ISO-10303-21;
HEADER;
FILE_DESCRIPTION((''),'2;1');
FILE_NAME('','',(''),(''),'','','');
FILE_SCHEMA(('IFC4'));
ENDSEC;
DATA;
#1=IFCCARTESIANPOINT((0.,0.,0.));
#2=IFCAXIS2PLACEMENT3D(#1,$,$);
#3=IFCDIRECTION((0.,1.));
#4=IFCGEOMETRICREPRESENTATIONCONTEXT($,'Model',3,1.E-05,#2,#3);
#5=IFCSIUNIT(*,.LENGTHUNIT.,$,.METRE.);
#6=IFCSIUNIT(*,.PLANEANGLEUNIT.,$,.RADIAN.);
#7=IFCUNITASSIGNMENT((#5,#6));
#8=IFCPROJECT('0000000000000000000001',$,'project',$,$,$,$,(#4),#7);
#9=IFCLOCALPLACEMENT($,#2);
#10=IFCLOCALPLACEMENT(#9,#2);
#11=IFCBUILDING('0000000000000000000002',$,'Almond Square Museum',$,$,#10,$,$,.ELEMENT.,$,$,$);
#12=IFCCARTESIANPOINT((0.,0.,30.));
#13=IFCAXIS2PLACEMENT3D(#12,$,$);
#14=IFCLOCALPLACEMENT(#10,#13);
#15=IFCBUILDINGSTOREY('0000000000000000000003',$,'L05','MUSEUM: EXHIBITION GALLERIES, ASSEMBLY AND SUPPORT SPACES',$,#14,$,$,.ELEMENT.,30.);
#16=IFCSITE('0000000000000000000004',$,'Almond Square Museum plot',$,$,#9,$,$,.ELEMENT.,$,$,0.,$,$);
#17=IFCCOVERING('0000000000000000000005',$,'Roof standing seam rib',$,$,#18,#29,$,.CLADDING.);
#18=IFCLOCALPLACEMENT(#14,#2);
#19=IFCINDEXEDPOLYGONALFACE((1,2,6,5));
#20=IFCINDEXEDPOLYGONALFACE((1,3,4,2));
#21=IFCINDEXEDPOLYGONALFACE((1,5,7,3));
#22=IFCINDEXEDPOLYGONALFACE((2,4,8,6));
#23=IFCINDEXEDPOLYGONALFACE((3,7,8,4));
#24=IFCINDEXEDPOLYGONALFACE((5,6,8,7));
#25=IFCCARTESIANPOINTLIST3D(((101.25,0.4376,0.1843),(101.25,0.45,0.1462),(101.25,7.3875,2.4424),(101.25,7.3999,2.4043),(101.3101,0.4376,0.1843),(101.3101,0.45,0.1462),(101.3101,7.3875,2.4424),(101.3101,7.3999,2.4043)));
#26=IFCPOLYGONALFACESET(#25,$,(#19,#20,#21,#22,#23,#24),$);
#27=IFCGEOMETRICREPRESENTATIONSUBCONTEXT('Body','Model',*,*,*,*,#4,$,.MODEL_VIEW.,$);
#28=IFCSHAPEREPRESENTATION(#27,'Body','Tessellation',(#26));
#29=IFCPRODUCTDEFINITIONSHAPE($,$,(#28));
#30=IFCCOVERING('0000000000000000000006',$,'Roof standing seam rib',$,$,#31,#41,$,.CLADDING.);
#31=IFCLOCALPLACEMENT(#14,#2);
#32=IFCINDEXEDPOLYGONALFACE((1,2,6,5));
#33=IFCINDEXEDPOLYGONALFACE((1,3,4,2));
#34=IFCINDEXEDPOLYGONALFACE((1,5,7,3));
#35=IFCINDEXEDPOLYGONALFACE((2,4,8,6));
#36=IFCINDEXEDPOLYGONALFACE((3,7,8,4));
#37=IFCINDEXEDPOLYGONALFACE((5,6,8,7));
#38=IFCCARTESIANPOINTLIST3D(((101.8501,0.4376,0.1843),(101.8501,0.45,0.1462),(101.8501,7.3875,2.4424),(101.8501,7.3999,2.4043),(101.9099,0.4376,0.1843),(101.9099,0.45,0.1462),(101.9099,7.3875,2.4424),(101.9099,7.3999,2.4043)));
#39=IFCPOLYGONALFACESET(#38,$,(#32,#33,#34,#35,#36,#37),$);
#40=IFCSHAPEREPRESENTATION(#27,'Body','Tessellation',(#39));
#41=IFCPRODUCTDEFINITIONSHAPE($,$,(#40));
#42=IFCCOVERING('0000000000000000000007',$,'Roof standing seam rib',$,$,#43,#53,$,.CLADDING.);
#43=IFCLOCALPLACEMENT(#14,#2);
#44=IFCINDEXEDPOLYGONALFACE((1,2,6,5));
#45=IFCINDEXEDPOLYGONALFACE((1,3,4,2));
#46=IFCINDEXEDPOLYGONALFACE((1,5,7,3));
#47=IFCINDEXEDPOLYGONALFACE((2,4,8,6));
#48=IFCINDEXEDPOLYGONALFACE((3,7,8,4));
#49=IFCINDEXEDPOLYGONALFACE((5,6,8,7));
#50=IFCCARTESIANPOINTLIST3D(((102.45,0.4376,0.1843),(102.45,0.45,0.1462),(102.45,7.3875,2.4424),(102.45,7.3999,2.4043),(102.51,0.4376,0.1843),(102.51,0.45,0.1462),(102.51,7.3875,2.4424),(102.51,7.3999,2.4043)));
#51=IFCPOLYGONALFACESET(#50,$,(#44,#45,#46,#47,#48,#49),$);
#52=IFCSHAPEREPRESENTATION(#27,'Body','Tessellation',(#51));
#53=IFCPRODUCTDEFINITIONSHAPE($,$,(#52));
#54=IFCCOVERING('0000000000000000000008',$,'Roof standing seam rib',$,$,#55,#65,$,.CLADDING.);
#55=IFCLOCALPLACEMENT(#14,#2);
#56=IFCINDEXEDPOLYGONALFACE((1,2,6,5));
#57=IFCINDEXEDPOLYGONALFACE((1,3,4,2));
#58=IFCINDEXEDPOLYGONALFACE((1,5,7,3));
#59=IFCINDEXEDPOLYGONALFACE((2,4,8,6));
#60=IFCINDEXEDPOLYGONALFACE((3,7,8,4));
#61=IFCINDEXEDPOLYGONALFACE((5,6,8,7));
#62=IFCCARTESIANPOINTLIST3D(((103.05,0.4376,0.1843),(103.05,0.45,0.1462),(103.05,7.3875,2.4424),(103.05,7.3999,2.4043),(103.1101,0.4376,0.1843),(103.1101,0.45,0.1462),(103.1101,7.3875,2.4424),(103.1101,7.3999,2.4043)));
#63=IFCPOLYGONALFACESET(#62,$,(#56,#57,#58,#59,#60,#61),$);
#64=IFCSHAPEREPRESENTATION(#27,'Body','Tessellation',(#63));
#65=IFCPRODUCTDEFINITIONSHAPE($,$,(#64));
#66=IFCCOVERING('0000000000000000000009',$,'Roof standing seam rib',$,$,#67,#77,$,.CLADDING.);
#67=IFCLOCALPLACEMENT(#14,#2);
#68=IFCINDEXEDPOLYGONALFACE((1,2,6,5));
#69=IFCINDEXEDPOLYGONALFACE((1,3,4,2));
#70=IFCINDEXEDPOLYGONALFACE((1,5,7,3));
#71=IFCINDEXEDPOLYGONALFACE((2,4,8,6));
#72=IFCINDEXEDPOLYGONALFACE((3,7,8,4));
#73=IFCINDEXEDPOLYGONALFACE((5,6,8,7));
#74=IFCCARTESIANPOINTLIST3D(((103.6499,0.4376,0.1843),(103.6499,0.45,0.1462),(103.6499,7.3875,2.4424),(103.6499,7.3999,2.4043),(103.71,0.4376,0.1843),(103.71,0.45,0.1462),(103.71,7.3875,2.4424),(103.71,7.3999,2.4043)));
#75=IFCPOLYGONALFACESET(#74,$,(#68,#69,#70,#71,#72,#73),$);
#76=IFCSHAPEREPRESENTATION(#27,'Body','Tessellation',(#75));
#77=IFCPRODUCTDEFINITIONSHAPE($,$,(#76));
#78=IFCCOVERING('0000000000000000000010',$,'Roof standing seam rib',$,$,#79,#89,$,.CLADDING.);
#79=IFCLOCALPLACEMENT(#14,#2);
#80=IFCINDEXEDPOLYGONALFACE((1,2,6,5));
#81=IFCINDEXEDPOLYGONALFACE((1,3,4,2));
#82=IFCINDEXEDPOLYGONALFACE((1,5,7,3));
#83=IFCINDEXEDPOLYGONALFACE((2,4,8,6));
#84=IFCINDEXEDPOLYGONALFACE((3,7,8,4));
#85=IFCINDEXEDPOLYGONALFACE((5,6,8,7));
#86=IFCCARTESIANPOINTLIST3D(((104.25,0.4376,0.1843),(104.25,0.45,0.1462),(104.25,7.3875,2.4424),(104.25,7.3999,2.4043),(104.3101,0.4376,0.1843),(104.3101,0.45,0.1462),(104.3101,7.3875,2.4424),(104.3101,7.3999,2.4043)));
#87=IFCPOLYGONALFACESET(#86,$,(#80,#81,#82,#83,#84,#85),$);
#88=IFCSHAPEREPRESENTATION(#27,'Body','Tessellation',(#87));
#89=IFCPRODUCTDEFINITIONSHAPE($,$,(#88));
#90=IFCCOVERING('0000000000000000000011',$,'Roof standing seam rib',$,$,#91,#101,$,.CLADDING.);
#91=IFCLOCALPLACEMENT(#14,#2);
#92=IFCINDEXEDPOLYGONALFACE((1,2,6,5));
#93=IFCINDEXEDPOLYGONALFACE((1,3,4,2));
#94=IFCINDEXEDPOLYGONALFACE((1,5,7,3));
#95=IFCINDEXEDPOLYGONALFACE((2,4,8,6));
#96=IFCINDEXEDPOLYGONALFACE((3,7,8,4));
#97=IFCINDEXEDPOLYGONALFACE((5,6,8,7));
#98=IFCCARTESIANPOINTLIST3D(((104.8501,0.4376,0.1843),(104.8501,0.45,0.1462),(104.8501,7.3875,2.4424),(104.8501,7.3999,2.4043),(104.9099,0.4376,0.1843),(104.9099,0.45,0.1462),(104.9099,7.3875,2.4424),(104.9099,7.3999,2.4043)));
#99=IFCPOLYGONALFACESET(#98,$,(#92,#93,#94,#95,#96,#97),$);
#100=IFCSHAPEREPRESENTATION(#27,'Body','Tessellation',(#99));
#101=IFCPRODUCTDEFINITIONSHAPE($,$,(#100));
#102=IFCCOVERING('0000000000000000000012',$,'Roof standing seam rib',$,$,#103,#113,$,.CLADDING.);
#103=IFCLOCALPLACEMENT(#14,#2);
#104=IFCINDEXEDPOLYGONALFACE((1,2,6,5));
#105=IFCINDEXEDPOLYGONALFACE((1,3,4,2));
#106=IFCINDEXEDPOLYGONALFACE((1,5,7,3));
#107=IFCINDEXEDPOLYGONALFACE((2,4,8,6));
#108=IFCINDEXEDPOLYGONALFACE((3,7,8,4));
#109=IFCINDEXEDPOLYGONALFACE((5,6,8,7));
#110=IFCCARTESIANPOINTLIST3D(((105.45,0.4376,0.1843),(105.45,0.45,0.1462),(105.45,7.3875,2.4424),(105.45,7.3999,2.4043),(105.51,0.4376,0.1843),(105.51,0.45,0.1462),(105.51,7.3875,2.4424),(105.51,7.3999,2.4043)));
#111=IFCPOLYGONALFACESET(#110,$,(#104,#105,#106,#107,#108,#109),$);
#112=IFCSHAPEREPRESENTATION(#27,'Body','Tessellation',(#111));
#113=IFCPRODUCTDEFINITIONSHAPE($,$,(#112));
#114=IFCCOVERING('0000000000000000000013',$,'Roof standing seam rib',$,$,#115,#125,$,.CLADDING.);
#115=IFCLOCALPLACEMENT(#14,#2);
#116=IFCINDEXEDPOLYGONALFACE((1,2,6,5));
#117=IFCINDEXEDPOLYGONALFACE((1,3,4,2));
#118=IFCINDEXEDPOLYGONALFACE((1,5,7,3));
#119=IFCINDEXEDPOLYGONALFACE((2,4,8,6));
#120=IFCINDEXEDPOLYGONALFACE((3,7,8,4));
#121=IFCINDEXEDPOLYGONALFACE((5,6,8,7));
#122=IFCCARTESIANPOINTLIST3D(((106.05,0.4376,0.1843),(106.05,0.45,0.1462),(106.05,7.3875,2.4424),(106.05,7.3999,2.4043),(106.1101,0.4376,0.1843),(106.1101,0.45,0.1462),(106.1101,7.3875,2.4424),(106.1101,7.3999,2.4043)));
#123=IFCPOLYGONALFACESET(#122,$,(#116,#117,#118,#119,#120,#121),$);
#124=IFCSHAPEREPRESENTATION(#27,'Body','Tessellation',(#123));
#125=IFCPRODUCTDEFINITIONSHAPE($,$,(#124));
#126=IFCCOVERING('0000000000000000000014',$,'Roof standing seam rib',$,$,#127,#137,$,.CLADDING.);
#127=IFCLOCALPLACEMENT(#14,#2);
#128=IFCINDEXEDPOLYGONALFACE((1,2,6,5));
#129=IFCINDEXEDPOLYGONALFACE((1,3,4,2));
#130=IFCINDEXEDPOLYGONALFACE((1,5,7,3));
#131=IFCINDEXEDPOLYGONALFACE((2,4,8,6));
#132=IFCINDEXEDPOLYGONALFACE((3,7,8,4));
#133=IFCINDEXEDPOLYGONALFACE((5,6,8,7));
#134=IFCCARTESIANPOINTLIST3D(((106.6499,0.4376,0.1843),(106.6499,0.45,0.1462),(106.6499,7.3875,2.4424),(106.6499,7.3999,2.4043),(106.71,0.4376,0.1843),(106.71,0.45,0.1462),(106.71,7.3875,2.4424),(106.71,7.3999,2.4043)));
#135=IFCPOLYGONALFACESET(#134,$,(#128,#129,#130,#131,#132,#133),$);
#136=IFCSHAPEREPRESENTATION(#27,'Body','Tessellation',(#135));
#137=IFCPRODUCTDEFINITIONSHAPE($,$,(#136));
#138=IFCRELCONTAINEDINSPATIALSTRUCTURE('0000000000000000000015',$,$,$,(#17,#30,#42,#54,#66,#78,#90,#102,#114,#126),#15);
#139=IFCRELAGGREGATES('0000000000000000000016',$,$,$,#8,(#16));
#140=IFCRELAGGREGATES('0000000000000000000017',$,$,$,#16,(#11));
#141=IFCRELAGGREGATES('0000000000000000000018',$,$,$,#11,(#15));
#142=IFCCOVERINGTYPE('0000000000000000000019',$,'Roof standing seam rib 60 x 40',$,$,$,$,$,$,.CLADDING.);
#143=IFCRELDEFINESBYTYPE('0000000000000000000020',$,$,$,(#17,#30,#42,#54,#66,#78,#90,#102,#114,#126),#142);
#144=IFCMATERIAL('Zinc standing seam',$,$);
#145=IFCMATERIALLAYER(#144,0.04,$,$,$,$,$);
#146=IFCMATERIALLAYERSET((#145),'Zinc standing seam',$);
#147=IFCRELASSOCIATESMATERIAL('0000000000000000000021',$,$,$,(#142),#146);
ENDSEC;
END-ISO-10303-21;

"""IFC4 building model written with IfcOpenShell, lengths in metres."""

from ifc_helpers import new_model, si_unit, direction, frame, origin, place, context, subcontext, project, spatial, polyline, outline, extrude, material, layer, layer_set, type_object, element, save


model = new_model("IFC4")

# Units and contexts
model_context = context("Model", 3, precision=1e-05, world=origin(), true_north=direction((0.0, 1.0)))
body_context = subcontext(model_context, "Body", "Model", "MODEL_VIEW")
ifc_project = project(units=[si_unit("LENGTHUNIT", "METRE"), si_unit("PLANEANGLEUNIT", "RADIAN")], contexts=[model_context])

# Site, building, storey
site_placement = place(None, origin())
site = spatial("IfcSite", under=ifc_project, at=site_placement, Name="Almond Square Museum plot", CompositionType="ELEMENT", RefElevation=0.0)
building_placement = place(site_placement, origin())
building = spatial("IfcBuilding", under=site, at=building_placement, Name="Almond Square Museum", CompositionType="ELEMENT")
storey_placement = place(building_placement, frame((0.0, 0.0, 30.0)))
storey = spatial("IfcBuildingStorey", under=building, at=storey_placement, Name="L05", Description="MUSEUM: EXHIBITION GALLERIES, ASSEMBLY AND SUPPORT SPACES", CompositionType="ELEMENT", Elevation=30.0)

# Coverings
ifc_material_1 = material(Name="Zinc standing seam")
ifc_layer_1 = layer(ifc_material_1, 0.04)
ifc_layer_set_1 = layer_set([ifc_layer_1], Name="Zinc standing seam")
covering_type_1 = type_object("IfcCoveringType", Name="Roof standing seam rib 60 x 40", PredefinedType="CLADDING", material=ifc_layer_set_1)
for number, where, z_axis, x_axis, name in (
    (1, (101.25, 0.45, 0.1462), (0.0, -0.309002, 0.951061), (1.0, 0.0, 0.0), "Roof standing seam rib"),
):
    element("IfcCovering", number, at=place(storey_placement, frame(where, z_axis=z_axis, x_axis=x_axis)), inside=storey, type_object=covering_type_1, Name=name, PredefinedType="CLADDING", context=body_context, shape_type="SweptSolid", body=[
        extrude(outline(polyline([(0.0, 0.0), (0.0601, 0.0), (0.0601, 7.3076), (0.0, 7.3076), (0.0, 0.0)])), origin(), (0.0, 0.0, 1.0), 0.04),
    ])
covering_1_placement = place(storey_placement, frame((101.8501, 0.45, 0.1462), z_axis=(0.0, -0.309002, 0.951061), x_axis=(1.0, 0.0, 0.0)))
element("IfcCovering", 2, at=covering_1_placement, inside=storey, type_object=covering_type_1, Name="Roof standing seam rib", PredefinedType="CLADDING", context=body_context, shape_type="SweptSolid", body=[
    extrude(outline(polyline([(0.0, 0.0), (0.0598, 0.0), (0.0598, 7.3076), (0.0, 7.3076), (0.0, 0.0)])), origin(), (0.0, 0.0, 1.0), 0.04),
])
for number, where, z_axis, x_axis, name in (
    (3, (102.45, 0.45, 0.1462), (0.0, -0.309002, 0.951061), (1.0, 0.0, 0.0), "Roof standing seam rib"),
    (4, (103.05, 0.45, 0.1462), (0.0, -0.309002, 0.951061), (1.0, 0.0, 0.0), "Roof standing seam rib"),
    (5, (103.6499, 0.45, 0.1462), (0.0, -0.309002, 0.951061), (1.0, 0.0, 0.0), "Roof standing seam rib"),
    (6, (104.25, 0.45, 0.1462), (0.0, -0.309002, 0.951061), (1.0, 0.0, 0.0), "Roof standing seam rib"),
):
    element("IfcCovering", number, at=place(storey_placement, frame(where, z_axis=z_axis, x_axis=x_axis)), inside=storey, type_object=covering_type_1, Name=name, PredefinedType="CLADDING", context=body_context, shape_type="SweptSolid", body=[
        extrude(outline(polyline([(0.0, 0.0), (0.0601, 0.0), (0.0601, 7.3076), (0.0, 7.3076), (0.0, 0.0)])), origin(), (0.0, 0.0, 1.0), 0.04),
    ])
covering_2_placement = place(storey_placement, frame((104.8501, 0.45, 0.1462), z_axis=(0.0, -0.309002, 0.951061), x_axis=(1.0, 0.0, 0.0)))
element("IfcCovering", 7, at=covering_2_placement, inside=storey, type_object=covering_type_1, Name="Roof standing seam rib", PredefinedType="CLADDING", context=body_context, shape_type="SweptSolid", body=[
    extrude(outline(polyline([(0.0, 0.0), (0.0598, 0.0), (0.0598, 7.3076), (0.0, 7.3076), (0.0, 0.0)])), origin(), (0.0, 0.0, 1.0), 0.04),
])
for number, where, z_axis, x_axis, name in (
    (8, (105.45, 0.45, 0.1462), (0.0, -0.309002, 0.951061), (1.0, 0.0, 0.0), "Roof standing seam rib"),
    (9, (106.05, 0.45, 0.1462), (0.0, -0.309002, 0.951061), (1.0, 0.0, 0.0), "Roof standing seam rib"),
    (10, (106.6499, 0.45, 0.1462), (0.0, -0.309002, 0.951061), (1.0, 0.0, 0.0), "Roof standing seam rib"),
):
    element("IfcCovering", number, at=place(storey_placement, frame(where, z_axis=z_axis, x_axis=x_axis)), inside=storey, type_object=covering_type_1, Name=name, PredefinedType="CLADDING", context=body_context, shape_type="SweptSolid", body=[
        extrude(outline(polyline([(0.0, 0.0), (0.0601, 0.0), (0.0601, 7.3076), (0.0, 7.3076), (0.0, 0.0)])), origin(), (0.0, 0.0, 1.0), 0.04),
    ])

save(model, "model.ifc")
